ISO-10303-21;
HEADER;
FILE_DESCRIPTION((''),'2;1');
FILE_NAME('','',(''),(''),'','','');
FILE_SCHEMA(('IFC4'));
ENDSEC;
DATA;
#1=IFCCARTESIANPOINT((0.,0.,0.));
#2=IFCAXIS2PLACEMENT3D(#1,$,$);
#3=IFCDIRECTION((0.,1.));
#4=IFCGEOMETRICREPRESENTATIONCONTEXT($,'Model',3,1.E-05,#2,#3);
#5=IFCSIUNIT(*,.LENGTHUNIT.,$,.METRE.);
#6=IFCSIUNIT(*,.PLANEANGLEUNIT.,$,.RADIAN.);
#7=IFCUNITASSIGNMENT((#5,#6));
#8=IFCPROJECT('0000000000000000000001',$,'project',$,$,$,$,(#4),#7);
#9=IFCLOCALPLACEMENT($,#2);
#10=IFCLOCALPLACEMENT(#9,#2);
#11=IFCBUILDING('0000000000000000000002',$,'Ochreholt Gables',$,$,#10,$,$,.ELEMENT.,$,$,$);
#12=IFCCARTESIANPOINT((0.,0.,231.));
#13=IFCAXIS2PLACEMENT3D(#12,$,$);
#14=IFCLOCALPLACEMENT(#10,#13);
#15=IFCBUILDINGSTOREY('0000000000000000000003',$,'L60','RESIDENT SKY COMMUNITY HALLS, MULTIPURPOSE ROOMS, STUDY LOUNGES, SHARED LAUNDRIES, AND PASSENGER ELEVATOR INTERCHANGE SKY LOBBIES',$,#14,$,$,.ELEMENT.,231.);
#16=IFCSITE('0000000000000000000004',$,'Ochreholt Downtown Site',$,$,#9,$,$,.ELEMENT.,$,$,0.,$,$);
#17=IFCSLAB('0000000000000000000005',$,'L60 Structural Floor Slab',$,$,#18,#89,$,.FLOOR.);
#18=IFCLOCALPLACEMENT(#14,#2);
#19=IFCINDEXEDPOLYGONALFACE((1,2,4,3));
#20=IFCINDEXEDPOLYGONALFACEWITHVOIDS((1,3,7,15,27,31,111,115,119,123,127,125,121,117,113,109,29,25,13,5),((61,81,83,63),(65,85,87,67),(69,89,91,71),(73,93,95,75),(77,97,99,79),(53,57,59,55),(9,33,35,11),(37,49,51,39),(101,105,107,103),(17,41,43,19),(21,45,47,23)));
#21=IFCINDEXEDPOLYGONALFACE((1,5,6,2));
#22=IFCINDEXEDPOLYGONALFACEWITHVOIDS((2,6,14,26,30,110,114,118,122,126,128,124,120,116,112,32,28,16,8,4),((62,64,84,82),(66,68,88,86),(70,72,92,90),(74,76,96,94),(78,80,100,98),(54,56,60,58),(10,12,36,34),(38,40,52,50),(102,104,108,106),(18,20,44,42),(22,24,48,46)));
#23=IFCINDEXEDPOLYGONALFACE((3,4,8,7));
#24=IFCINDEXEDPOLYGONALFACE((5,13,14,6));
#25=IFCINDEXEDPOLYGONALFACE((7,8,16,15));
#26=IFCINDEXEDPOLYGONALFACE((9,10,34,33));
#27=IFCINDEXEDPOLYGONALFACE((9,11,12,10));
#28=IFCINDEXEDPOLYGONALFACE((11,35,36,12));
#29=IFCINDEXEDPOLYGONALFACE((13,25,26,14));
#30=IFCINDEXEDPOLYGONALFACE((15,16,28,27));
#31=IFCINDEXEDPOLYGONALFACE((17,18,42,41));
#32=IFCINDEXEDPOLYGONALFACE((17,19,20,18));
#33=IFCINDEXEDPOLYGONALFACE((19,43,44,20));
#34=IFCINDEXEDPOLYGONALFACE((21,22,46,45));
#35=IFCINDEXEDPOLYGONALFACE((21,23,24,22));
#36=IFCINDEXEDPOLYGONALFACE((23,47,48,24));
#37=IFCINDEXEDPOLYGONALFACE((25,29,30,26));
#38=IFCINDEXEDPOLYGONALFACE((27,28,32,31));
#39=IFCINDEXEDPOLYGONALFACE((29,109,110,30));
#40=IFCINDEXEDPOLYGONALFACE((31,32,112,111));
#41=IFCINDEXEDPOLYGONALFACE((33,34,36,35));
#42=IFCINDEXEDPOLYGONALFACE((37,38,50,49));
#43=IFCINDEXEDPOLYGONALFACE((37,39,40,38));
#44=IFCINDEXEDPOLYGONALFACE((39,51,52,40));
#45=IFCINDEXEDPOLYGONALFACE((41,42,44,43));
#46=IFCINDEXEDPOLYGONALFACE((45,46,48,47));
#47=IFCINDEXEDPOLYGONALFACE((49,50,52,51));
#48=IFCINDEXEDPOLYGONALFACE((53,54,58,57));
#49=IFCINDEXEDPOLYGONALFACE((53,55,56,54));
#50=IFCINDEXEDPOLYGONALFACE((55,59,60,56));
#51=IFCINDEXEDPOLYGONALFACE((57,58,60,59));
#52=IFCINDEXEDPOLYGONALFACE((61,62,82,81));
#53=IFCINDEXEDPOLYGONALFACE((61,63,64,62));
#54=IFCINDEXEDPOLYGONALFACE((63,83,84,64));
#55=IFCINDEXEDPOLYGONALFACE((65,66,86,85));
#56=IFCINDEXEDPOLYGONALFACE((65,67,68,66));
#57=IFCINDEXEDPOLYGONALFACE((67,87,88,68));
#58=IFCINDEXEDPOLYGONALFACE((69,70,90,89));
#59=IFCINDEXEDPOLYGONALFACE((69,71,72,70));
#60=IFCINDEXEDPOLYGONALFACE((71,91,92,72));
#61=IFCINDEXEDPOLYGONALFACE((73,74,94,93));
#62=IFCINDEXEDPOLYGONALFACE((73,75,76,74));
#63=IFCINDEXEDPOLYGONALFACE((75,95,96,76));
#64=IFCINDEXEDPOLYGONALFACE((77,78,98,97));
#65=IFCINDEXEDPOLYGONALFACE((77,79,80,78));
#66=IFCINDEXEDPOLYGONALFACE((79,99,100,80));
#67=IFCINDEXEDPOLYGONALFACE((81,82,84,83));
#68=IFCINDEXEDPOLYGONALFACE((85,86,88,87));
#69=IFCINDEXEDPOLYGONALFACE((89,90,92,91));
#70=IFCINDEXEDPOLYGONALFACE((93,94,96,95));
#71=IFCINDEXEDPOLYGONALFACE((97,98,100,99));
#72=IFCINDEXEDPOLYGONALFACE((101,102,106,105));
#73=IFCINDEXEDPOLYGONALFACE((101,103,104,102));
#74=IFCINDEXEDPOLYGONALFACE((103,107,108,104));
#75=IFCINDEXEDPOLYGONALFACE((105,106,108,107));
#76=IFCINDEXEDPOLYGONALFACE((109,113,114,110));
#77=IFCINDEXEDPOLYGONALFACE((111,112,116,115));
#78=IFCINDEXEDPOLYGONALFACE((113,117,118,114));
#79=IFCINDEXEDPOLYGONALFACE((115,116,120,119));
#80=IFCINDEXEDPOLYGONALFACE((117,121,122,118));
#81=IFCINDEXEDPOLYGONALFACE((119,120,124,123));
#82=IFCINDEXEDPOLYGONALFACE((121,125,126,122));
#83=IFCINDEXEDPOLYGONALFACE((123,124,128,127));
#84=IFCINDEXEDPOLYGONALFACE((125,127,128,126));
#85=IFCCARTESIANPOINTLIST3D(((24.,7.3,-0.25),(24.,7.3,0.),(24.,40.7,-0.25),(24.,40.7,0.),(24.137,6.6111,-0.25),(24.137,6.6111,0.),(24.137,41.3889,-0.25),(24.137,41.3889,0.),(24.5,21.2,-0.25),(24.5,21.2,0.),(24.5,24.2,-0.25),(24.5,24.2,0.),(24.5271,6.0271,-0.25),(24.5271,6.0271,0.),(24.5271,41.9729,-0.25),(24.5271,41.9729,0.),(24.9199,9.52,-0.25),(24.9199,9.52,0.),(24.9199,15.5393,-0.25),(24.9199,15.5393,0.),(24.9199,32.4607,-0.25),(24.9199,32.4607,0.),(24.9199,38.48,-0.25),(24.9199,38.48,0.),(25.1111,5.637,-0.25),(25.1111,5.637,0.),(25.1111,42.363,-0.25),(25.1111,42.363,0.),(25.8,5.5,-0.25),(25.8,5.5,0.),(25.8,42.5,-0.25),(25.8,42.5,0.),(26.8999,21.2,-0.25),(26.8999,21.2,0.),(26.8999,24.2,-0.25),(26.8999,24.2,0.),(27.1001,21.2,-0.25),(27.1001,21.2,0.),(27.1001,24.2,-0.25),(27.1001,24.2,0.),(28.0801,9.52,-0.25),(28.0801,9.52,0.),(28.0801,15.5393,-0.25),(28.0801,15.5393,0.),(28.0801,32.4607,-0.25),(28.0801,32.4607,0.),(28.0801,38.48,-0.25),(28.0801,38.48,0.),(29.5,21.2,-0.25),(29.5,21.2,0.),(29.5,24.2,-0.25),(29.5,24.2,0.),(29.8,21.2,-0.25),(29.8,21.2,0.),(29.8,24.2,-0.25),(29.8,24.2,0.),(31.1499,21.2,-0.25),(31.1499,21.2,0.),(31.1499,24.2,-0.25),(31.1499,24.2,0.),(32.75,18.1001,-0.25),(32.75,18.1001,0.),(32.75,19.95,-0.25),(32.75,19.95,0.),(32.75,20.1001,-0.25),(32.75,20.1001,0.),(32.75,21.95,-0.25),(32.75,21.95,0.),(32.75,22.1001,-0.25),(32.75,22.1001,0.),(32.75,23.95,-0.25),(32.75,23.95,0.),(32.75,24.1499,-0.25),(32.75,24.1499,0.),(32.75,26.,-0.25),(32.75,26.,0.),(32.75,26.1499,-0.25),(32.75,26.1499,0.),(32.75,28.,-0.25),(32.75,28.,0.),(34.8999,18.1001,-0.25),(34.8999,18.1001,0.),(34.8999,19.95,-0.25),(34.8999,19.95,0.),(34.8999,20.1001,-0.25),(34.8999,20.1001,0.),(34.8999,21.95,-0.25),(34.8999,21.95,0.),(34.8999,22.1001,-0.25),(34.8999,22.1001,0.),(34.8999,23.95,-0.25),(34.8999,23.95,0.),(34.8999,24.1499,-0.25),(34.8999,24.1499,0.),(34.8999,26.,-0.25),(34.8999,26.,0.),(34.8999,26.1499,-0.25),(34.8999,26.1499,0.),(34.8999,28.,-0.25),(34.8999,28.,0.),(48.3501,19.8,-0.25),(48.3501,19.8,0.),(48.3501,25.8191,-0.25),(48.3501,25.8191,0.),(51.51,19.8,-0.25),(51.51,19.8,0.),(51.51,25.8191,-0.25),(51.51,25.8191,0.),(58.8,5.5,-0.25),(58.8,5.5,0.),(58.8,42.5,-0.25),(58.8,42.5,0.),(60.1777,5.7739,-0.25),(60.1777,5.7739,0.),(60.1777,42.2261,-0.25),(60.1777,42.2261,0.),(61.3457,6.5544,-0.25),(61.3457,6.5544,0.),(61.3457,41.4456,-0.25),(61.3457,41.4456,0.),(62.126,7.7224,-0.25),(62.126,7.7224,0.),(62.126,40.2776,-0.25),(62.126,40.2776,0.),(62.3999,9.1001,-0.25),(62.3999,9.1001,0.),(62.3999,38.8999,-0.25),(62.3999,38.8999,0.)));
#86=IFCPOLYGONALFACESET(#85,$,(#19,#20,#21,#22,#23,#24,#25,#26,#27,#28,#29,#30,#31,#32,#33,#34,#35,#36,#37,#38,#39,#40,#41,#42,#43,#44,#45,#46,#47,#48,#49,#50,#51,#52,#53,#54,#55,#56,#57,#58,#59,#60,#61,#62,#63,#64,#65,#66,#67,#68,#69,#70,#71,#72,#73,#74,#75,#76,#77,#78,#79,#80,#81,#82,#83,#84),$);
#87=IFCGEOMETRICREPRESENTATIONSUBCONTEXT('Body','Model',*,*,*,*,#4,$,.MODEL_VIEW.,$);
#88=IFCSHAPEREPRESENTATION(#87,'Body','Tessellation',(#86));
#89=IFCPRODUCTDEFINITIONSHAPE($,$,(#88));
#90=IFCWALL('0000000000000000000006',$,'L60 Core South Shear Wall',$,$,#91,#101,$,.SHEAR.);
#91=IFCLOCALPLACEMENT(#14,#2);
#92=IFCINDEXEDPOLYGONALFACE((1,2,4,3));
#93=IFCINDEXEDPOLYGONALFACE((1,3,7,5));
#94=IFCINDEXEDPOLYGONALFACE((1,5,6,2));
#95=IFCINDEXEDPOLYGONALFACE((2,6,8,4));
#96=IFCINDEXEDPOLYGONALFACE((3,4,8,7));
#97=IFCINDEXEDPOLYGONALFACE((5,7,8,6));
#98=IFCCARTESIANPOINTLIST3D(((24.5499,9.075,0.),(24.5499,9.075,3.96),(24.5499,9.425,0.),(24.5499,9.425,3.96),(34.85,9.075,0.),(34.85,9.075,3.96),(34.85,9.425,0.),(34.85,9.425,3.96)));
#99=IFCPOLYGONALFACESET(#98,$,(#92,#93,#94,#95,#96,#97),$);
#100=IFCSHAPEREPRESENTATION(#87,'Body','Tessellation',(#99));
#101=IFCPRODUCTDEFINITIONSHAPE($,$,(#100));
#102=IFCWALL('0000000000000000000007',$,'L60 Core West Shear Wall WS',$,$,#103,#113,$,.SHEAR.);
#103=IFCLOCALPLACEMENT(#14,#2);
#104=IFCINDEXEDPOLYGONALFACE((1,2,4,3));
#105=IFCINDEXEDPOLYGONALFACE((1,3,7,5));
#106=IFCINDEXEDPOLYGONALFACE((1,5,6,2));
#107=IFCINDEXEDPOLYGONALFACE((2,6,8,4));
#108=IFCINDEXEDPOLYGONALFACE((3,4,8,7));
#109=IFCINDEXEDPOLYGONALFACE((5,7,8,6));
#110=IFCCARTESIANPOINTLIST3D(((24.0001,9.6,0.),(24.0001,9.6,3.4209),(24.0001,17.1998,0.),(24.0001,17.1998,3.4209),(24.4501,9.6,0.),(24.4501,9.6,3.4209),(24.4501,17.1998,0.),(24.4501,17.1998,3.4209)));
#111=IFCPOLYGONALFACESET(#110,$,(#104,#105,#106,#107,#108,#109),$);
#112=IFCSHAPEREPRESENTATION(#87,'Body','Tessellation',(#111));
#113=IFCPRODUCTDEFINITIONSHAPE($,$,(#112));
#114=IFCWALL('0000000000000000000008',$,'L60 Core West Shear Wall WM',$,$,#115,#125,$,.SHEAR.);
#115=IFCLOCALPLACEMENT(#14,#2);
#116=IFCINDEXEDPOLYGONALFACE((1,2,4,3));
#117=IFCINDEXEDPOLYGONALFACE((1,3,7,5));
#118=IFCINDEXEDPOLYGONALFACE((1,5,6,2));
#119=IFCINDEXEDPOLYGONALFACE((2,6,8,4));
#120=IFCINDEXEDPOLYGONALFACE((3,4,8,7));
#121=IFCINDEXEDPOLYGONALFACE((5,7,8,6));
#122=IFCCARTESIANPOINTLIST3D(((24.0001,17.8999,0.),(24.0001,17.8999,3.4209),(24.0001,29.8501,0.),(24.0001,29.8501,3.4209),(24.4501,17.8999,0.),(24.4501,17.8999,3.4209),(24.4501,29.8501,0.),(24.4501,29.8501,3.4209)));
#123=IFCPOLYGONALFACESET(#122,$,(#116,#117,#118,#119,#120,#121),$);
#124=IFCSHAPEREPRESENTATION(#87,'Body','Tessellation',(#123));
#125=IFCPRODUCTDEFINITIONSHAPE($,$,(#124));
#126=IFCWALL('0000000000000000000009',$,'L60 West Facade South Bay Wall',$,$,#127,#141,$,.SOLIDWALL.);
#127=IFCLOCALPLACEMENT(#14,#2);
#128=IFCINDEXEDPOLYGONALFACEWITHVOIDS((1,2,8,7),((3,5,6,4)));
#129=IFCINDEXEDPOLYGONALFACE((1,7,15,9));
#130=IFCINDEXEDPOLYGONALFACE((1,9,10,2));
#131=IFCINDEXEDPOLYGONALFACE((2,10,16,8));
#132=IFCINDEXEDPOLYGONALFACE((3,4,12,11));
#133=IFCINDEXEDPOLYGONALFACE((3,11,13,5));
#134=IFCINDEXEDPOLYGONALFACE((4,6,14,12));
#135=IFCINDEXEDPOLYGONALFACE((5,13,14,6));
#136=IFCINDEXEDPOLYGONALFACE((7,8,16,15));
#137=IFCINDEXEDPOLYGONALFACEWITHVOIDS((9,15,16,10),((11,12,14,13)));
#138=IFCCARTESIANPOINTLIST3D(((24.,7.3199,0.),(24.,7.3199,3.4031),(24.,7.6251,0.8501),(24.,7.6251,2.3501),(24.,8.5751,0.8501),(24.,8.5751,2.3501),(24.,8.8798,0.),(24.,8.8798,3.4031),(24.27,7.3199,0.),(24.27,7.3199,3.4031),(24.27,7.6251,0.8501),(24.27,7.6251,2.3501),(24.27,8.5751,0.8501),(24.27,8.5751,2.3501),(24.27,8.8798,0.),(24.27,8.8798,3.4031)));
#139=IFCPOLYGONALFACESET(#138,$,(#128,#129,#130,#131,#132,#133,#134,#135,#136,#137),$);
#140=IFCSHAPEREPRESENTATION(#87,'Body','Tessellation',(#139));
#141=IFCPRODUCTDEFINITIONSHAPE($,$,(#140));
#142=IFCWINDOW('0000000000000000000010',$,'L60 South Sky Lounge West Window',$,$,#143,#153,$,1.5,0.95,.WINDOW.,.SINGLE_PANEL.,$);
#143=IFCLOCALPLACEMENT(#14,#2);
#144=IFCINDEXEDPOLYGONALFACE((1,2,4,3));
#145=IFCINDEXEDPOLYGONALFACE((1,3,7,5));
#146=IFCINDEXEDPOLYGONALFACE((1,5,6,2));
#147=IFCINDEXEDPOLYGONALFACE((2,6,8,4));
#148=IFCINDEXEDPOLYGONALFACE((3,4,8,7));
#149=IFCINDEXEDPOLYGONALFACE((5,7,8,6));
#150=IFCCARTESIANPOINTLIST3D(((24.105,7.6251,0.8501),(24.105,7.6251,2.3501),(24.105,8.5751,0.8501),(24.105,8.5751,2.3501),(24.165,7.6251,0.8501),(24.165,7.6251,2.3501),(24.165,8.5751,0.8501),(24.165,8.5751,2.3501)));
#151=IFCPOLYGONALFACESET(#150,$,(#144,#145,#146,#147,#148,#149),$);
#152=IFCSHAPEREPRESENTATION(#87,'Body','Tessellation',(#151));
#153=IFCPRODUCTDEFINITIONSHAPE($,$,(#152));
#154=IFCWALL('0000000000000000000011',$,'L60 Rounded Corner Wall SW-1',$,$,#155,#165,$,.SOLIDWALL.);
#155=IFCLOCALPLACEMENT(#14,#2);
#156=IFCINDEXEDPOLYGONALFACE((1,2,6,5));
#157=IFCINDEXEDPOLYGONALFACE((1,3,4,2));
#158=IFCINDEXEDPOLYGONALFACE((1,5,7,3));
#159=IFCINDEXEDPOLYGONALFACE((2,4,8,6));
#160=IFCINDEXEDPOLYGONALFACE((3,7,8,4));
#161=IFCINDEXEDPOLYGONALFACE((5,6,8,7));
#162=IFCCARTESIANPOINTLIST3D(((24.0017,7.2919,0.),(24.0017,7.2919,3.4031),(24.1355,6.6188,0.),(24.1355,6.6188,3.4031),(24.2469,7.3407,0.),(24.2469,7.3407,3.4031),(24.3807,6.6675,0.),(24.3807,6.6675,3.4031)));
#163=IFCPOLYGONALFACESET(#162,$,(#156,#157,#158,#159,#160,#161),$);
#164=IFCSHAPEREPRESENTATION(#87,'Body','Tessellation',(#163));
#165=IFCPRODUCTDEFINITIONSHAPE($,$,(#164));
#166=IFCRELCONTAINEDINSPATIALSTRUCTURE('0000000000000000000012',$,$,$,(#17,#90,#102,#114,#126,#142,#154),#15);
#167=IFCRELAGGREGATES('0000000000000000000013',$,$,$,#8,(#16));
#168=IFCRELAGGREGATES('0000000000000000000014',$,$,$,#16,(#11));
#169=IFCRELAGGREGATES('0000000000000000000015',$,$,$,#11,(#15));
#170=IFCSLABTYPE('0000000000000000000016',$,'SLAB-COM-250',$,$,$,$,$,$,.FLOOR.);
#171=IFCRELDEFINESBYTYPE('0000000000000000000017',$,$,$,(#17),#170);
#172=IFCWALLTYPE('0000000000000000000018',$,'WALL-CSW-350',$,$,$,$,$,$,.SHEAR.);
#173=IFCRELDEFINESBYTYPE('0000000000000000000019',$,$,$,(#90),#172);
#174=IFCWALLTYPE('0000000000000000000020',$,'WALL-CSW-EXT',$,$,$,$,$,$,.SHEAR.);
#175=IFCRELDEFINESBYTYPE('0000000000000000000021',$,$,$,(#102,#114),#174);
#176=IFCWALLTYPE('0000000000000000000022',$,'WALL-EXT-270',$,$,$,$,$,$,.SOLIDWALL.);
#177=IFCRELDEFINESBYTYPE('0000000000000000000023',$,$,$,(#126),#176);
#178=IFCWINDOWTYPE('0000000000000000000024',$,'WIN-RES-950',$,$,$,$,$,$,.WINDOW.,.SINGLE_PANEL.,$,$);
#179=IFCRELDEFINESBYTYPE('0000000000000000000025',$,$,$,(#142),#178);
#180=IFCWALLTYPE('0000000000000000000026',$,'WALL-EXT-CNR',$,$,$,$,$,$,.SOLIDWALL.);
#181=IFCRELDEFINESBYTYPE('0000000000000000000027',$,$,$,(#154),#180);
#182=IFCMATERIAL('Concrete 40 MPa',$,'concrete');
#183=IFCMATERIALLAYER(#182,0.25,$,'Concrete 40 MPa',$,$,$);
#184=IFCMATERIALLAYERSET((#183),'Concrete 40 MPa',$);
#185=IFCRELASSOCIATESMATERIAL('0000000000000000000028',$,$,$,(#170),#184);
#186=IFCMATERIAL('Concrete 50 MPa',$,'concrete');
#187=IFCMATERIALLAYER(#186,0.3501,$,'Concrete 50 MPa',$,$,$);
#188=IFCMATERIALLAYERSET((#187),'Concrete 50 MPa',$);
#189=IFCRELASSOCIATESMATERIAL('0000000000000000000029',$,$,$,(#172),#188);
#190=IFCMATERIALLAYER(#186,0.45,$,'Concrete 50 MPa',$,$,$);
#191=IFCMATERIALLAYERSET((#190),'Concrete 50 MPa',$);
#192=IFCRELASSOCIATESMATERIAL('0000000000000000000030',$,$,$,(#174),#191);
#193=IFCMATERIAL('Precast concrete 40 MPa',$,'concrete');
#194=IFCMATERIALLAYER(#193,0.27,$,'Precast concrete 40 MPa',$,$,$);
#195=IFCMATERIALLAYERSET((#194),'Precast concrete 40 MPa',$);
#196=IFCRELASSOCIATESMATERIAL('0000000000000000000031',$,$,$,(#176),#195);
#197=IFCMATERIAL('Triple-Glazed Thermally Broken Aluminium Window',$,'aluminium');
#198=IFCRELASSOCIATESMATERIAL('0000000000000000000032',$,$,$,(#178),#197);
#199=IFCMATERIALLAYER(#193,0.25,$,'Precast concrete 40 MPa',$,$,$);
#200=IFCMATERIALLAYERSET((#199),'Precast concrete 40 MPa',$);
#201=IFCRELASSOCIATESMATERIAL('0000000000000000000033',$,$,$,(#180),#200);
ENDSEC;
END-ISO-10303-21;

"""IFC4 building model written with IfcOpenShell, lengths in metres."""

from ifc_helpers import new_model, si_unit, direction, frame, frame_2d, origin, place, context, subcontext, project, spatial, polyline, rectangle, outline, extrude, material, layer, layer_set, type_object, element, fill, save


model = new_model("IFC4")

# Units and contexts
model_context = context("Model", 3, precision=1e-05, world=origin(), true_north=direction((0.0, 1.0)))
body_context = subcontext(model_context, "Body", "Model", "MODEL_VIEW")
ifc_project = project(units=[si_unit("LENGTHUNIT", "METRE"), si_unit("PLANEANGLEUNIT", "RADIAN")], contexts=[model_context])

# Site, building, storey
site_placement = place(None, origin())
site = spatial("IfcSite", under=ifc_project, at=site_placement, Name="Ochreholt Downtown Site", CompositionType="ELEMENT", RefElevation=0.0)
building_placement = place(site_placement, origin())
building = spatial("IfcBuilding", under=site, at=building_placement, Name="Ochreholt Gables", CompositionType="ELEMENT")
storey_placement = place(building_placement, frame((0.0, 0.0, 231.0)))
storey = spatial("IfcBuildingStorey", under=building, at=storey_placement, Name="L60", Description="RESIDENT SKY COMMUNITY HALLS, MULTIPURPOSE ROOMS, STUDY LOUNGES, SHARED LAUNDRIES, AND PASSENGER ELEVATOR INTERCHANGE SKY LOBBIES", CompositionType="ELEMENT", Elevation=231.0)

# Shared definitions
ifc_material_1 = material(Name="Concrete 50 MPa", Category="concrete")

# Shared definitions
ifc_material_2 = material(Name="Concrete 40 MPa", Category="concrete")

# Slab
ifc_layer_1 = layer(ifc_material_2, 0.25, Name="Concrete 40 MPa")
ifc_layer_set_1 = layer_set([ifc_layer_1], Name="Concrete 40 MPa")
slab_type_1 = type_object("IfcSlabType", Name="SLAB-COM-250", PredefinedType="FLOOR", material=ifc_layer_set_1)
slab_1_placement = place(storey_placement, frame((0.0, 0.0, -0.25)))
element("IfcSlab", 1, at=slab_1_placement, inside=storey, type_object=slab_type_1, Name="L60 Structural Floor Slab", PredefinedType="FLOOR", context=body_context, shape_type="SweptSolid", body=[
    extrude(outline(polyline([(24.0, 7.3), (24.137, 6.6111), (24.5271, 6.0271), (25.1111, 5.637), (25.8, 5.5), (58.8, 5.5), (60.1777, 5.7739), (61.3457, 6.5544), (62.126, 7.7224), (62.3999, 9.1001), (62.3999, 38.8999), (62.126, 40.2776), (61.3457, 41.4456), (60.1777, 42.2261), (58.8, 42.5), (25.8, 42.5), (25.1111, 42.363), (24.5271, 41.9729), (24.137, 41.3889), (24.0, 40.7), (24.0, 7.3)]), holes=[polyline([(24.9199, 15.5393), (24.9199, 9.52), (28.0801, 9.52), (28.0801, 15.5393), (24.9199, 15.5393)]), polyline([(28.0801, 32.4607), (28.0801, 38.48), (24.9199, 38.48), (24.9199, 32.4607), (28.0801, 32.4607)]), polyline([(48.3501, 25.8191), (48.3501, 19.8), (51.51, 19.8), (51.51, 25.8191), (48.3501, 25.8191)]), polyline([(24.5, 21.2), (26.8999, 21.2), (26.8999, 24.2), (24.5, 24.2), (24.5, 21.2)]), polyline([(27.1001, 21.2), (29.5, 21.2), (29.5, 24.2), (27.1001, 24.2), (27.1001, 21.2)]), polyline([(32.75, 18.1001), (34.8999, 18.1001), (34.8999, 19.95), (32.75, 19.95), (32.75, 18.1001)]), polyline([(32.75, 20.1001), (34.8999, 20.1001), (34.8999, 21.95), (32.75, 21.95), (32.75, 20.1001)]), polyline([(32.75, 22.1001), (34.8999, 22.1001), (34.8999, 23.95), (32.75, 23.95), (32.75, 22.1001)]), polyline([(32.75, 24.1499), (34.8999, 24.1499), (34.8999, 26.0), (32.75, 26.0), (32.75, 24.1499)]), polyline([(32.75, 26.1499), (34.8999, 26.1499), (34.8999, 28.0), (32.75, 28.0), (32.75, 26.1499)]), polyline([(29.8, 21.2), (31.1499, 21.2), (31.1499, 24.2), (29.8, 24.2), (29.8, 21.2)])]), origin(), (0.0, 0.0, 1.0), 0.25),
])

# Walls
ifc_layer_2 = layer(ifc_material_1, 0.3501, Name="Concrete 50 MPa")
ifc_layer_set_2 = layer_set([ifc_layer_2], Name="Concrete 50 MPa")
wall_type_1 = type_object("IfcWallType", Name="WALL-CSW-350", PredefinedType="SHEAR", material=ifc_layer_set_2)
wall_1_placement = place(storey_placement, frame((24.55, 9.25, 0.0), z_axis=(0.0, 0.0, 1.0), x_axis=(1.0, 0.0, 0.0)))
element("IfcWall", 2, at=wall_1_placement, inside=storey, type_object=wall_type_1, Name="L60 Core South Shear Wall", PredefinedType="SHEAR", context=body_context, shape_type="SweptSolid", body=[
    extrude(rectangle(XDim=10.3, YDim=0.3501, at=frame_2d((5.1499, 0.0))), origin(), (0.0, 0.0, 1.0), 3.96),
])
ifc_layer_3 = layer(ifc_material_1, 0.45, Name="Concrete 50 MPa")
ifc_layer_set_3 = layer_set([ifc_layer_3], Name="Concrete 50 MPa")
wall_type_2 = type_object("IfcWallType", Name="WALL-CSW-EXT", PredefinedType="SHEAR", material=ifc_layer_set_3)
wall_2_placement = place(storey_placement, frame((24.2251, 9.6001, 0.0), z_axis=(0.0, 0.0, 1.0), x_axis=(0.0, 1.0, 0.0)))
element("IfcWall", 3, at=wall_2_placement, inside=storey, type_object=wall_type_2, Name="L60 Core West Shear Wall WS", PredefinedType="SHEAR", context=body_context, shape_type="SweptSolid", body=[
    extrude(rectangle(XDim=7.5999, YDim=0.45, at=frame_2d((3.7998, 0.0))), origin(), (0.0, 0.0, 1.0), 3.4209),
])
wall_3_placement = place(storey_placement, frame((24.2251, 17.8999, 0.0), z_axis=(0.0, 0.0, 1.0), x_axis=(0.0, 1.0, 0.0)))
element("IfcWall", 4, at=wall_3_placement, inside=storey, type_object=wall_type_2, Name="L60 Core West Shear Wall WM", PredefinedType="SHEAR", context=body_context, shape_type="SweptSolid", body=[
    extrude(rectangle(XDim=11.9502, YDim=0.45, at=frame_2d((5.9751, 0.0))), origin(), (0.0, 0.0, 1.0), 3.4209),
])

# Wall, opening, window
ifc_material_3 = material(Name="Precast concrete 40 MPa", Category="concrete")
ifc_layer_4 = layer(ifc_material_3, 0.27, Name="Precast concrete 40 MPa")
ifc_layer_set_4 = layer_set([ifc_layer_4], Name="Precast concrete 40 MPa")
wall_type_3 = type_object("IfcWallType", Name="WALL-EXT-270", PredefinedType="SOLIDWALL", material=ifc_layer_set_4)
wall_4_placement = place(storey_placement, frame((24.135, 7.3201, 0.0), z_axis=(0.0, 0.0, 1.0), x_axis=(0.0, 1.0, 0.0)))
wall_4 = element("IfcWall", 5, at=wall_4_placement, inside=storey, type_object=wall_type_3, Name="L60 West Facade South Bay Wall", PredefinedType="SOLIDWALL", context=body_context, shape_type="SweptSolid", body=[
    extrude(rectangle(XDim=1.5598, YDim=0.27, at=frame_2d((0.7798, 0.0))), origin(), (0.0, 0.0, 1.0), 3.4031),
])
opening_placement = place(wall_4_placement, frame((0.3049, 0.0, 0.8501)))
opening = element("IfcOpeningElement", 6, at=opening_placement, cuts=wall_4, PredefinedType="OPENING", context=body_context, shape_type="SweptSolid", body=[
    extrude(rectangle(XDim=0.95, YDim=1.5, at=frame_2d((0.4751, 0.75))), frame((0.0, 0.145, 0.0), z_axis=(0.0, -1.0, 0.0), x_axis=(1.0, 0.0, 0.0)), (0.0, 0.0, 1.0), 0.29),
])
ifc_material_4 = material(Name="Triple-Glazed Thermally Broken Aluminium Window", Category="aluminium")
window_type = type_object("IfcWindowType", Name="WIN-RES-950", PartitioningType="SINGLE_PANEL", PredefinedType="WINDOW", material=ifc_material_4)
window_placement = place(opening_placement, origin())
window = element("IfcWindow", 7, at=window_placement, inside=storey, type_object=window_type, Name="L60 South Sky Lounge West Window", OverallHeight=1.5, OverallWidth=0.95, PartitioningType="SINGLE_PANEL", PredefinedType="WINDOW", context=body_context, shape_type="SweptSolid", body=[
    extrude(rectangle(XDim=0.95, YDim=1.5, at=frame_2d((0.4751, 0.75))), frame((0.0, 0.03, 0.0), z_axis=(0.0, -1.0, 0.0), x_axis=(1.0, 0.0, 0.0)), (0.0, 0.0, 1.0), 0.0601),
])
fill(opening, window)

# Wall
ifc_layer_5 = layer(ifc_material_3, 0.25, Name="Precast concrete 40 MPa")
ifc_layer_set_5 = layer_set([ifc_layer_5], Name="Precast concrete 40 MPa")
wall_type_4 = type_object("IfcWallType", Name="WALL-EXT-CNR", PredefinedType="SOLIDWALL", material=ifc_layer_set_5)
wall_5_placement = place(storey_placement, frame((24.1243, 7.3164, 0.0), z_axis=(0.0, 0.0, 1.0), x_axis=(0.194953, -0.980813, 0.0)))
element("IfcWall", 8, at=wall_5_placement, inside=storey, type_object=wall_type_4, Name="L60 Rounded Corner Wall SW-1", PredefinedType="SOLIDWALL", context=body_context, shape_type="SweptSolid", body=[
    extrude(rectangle(XDim=0.6863, YDim=0.25, at=frame_2d((0.3433, 0.0))), origin(), (0.0, 0.0, 1.0), 3.4031),
])

save(model, "model.ifc")
